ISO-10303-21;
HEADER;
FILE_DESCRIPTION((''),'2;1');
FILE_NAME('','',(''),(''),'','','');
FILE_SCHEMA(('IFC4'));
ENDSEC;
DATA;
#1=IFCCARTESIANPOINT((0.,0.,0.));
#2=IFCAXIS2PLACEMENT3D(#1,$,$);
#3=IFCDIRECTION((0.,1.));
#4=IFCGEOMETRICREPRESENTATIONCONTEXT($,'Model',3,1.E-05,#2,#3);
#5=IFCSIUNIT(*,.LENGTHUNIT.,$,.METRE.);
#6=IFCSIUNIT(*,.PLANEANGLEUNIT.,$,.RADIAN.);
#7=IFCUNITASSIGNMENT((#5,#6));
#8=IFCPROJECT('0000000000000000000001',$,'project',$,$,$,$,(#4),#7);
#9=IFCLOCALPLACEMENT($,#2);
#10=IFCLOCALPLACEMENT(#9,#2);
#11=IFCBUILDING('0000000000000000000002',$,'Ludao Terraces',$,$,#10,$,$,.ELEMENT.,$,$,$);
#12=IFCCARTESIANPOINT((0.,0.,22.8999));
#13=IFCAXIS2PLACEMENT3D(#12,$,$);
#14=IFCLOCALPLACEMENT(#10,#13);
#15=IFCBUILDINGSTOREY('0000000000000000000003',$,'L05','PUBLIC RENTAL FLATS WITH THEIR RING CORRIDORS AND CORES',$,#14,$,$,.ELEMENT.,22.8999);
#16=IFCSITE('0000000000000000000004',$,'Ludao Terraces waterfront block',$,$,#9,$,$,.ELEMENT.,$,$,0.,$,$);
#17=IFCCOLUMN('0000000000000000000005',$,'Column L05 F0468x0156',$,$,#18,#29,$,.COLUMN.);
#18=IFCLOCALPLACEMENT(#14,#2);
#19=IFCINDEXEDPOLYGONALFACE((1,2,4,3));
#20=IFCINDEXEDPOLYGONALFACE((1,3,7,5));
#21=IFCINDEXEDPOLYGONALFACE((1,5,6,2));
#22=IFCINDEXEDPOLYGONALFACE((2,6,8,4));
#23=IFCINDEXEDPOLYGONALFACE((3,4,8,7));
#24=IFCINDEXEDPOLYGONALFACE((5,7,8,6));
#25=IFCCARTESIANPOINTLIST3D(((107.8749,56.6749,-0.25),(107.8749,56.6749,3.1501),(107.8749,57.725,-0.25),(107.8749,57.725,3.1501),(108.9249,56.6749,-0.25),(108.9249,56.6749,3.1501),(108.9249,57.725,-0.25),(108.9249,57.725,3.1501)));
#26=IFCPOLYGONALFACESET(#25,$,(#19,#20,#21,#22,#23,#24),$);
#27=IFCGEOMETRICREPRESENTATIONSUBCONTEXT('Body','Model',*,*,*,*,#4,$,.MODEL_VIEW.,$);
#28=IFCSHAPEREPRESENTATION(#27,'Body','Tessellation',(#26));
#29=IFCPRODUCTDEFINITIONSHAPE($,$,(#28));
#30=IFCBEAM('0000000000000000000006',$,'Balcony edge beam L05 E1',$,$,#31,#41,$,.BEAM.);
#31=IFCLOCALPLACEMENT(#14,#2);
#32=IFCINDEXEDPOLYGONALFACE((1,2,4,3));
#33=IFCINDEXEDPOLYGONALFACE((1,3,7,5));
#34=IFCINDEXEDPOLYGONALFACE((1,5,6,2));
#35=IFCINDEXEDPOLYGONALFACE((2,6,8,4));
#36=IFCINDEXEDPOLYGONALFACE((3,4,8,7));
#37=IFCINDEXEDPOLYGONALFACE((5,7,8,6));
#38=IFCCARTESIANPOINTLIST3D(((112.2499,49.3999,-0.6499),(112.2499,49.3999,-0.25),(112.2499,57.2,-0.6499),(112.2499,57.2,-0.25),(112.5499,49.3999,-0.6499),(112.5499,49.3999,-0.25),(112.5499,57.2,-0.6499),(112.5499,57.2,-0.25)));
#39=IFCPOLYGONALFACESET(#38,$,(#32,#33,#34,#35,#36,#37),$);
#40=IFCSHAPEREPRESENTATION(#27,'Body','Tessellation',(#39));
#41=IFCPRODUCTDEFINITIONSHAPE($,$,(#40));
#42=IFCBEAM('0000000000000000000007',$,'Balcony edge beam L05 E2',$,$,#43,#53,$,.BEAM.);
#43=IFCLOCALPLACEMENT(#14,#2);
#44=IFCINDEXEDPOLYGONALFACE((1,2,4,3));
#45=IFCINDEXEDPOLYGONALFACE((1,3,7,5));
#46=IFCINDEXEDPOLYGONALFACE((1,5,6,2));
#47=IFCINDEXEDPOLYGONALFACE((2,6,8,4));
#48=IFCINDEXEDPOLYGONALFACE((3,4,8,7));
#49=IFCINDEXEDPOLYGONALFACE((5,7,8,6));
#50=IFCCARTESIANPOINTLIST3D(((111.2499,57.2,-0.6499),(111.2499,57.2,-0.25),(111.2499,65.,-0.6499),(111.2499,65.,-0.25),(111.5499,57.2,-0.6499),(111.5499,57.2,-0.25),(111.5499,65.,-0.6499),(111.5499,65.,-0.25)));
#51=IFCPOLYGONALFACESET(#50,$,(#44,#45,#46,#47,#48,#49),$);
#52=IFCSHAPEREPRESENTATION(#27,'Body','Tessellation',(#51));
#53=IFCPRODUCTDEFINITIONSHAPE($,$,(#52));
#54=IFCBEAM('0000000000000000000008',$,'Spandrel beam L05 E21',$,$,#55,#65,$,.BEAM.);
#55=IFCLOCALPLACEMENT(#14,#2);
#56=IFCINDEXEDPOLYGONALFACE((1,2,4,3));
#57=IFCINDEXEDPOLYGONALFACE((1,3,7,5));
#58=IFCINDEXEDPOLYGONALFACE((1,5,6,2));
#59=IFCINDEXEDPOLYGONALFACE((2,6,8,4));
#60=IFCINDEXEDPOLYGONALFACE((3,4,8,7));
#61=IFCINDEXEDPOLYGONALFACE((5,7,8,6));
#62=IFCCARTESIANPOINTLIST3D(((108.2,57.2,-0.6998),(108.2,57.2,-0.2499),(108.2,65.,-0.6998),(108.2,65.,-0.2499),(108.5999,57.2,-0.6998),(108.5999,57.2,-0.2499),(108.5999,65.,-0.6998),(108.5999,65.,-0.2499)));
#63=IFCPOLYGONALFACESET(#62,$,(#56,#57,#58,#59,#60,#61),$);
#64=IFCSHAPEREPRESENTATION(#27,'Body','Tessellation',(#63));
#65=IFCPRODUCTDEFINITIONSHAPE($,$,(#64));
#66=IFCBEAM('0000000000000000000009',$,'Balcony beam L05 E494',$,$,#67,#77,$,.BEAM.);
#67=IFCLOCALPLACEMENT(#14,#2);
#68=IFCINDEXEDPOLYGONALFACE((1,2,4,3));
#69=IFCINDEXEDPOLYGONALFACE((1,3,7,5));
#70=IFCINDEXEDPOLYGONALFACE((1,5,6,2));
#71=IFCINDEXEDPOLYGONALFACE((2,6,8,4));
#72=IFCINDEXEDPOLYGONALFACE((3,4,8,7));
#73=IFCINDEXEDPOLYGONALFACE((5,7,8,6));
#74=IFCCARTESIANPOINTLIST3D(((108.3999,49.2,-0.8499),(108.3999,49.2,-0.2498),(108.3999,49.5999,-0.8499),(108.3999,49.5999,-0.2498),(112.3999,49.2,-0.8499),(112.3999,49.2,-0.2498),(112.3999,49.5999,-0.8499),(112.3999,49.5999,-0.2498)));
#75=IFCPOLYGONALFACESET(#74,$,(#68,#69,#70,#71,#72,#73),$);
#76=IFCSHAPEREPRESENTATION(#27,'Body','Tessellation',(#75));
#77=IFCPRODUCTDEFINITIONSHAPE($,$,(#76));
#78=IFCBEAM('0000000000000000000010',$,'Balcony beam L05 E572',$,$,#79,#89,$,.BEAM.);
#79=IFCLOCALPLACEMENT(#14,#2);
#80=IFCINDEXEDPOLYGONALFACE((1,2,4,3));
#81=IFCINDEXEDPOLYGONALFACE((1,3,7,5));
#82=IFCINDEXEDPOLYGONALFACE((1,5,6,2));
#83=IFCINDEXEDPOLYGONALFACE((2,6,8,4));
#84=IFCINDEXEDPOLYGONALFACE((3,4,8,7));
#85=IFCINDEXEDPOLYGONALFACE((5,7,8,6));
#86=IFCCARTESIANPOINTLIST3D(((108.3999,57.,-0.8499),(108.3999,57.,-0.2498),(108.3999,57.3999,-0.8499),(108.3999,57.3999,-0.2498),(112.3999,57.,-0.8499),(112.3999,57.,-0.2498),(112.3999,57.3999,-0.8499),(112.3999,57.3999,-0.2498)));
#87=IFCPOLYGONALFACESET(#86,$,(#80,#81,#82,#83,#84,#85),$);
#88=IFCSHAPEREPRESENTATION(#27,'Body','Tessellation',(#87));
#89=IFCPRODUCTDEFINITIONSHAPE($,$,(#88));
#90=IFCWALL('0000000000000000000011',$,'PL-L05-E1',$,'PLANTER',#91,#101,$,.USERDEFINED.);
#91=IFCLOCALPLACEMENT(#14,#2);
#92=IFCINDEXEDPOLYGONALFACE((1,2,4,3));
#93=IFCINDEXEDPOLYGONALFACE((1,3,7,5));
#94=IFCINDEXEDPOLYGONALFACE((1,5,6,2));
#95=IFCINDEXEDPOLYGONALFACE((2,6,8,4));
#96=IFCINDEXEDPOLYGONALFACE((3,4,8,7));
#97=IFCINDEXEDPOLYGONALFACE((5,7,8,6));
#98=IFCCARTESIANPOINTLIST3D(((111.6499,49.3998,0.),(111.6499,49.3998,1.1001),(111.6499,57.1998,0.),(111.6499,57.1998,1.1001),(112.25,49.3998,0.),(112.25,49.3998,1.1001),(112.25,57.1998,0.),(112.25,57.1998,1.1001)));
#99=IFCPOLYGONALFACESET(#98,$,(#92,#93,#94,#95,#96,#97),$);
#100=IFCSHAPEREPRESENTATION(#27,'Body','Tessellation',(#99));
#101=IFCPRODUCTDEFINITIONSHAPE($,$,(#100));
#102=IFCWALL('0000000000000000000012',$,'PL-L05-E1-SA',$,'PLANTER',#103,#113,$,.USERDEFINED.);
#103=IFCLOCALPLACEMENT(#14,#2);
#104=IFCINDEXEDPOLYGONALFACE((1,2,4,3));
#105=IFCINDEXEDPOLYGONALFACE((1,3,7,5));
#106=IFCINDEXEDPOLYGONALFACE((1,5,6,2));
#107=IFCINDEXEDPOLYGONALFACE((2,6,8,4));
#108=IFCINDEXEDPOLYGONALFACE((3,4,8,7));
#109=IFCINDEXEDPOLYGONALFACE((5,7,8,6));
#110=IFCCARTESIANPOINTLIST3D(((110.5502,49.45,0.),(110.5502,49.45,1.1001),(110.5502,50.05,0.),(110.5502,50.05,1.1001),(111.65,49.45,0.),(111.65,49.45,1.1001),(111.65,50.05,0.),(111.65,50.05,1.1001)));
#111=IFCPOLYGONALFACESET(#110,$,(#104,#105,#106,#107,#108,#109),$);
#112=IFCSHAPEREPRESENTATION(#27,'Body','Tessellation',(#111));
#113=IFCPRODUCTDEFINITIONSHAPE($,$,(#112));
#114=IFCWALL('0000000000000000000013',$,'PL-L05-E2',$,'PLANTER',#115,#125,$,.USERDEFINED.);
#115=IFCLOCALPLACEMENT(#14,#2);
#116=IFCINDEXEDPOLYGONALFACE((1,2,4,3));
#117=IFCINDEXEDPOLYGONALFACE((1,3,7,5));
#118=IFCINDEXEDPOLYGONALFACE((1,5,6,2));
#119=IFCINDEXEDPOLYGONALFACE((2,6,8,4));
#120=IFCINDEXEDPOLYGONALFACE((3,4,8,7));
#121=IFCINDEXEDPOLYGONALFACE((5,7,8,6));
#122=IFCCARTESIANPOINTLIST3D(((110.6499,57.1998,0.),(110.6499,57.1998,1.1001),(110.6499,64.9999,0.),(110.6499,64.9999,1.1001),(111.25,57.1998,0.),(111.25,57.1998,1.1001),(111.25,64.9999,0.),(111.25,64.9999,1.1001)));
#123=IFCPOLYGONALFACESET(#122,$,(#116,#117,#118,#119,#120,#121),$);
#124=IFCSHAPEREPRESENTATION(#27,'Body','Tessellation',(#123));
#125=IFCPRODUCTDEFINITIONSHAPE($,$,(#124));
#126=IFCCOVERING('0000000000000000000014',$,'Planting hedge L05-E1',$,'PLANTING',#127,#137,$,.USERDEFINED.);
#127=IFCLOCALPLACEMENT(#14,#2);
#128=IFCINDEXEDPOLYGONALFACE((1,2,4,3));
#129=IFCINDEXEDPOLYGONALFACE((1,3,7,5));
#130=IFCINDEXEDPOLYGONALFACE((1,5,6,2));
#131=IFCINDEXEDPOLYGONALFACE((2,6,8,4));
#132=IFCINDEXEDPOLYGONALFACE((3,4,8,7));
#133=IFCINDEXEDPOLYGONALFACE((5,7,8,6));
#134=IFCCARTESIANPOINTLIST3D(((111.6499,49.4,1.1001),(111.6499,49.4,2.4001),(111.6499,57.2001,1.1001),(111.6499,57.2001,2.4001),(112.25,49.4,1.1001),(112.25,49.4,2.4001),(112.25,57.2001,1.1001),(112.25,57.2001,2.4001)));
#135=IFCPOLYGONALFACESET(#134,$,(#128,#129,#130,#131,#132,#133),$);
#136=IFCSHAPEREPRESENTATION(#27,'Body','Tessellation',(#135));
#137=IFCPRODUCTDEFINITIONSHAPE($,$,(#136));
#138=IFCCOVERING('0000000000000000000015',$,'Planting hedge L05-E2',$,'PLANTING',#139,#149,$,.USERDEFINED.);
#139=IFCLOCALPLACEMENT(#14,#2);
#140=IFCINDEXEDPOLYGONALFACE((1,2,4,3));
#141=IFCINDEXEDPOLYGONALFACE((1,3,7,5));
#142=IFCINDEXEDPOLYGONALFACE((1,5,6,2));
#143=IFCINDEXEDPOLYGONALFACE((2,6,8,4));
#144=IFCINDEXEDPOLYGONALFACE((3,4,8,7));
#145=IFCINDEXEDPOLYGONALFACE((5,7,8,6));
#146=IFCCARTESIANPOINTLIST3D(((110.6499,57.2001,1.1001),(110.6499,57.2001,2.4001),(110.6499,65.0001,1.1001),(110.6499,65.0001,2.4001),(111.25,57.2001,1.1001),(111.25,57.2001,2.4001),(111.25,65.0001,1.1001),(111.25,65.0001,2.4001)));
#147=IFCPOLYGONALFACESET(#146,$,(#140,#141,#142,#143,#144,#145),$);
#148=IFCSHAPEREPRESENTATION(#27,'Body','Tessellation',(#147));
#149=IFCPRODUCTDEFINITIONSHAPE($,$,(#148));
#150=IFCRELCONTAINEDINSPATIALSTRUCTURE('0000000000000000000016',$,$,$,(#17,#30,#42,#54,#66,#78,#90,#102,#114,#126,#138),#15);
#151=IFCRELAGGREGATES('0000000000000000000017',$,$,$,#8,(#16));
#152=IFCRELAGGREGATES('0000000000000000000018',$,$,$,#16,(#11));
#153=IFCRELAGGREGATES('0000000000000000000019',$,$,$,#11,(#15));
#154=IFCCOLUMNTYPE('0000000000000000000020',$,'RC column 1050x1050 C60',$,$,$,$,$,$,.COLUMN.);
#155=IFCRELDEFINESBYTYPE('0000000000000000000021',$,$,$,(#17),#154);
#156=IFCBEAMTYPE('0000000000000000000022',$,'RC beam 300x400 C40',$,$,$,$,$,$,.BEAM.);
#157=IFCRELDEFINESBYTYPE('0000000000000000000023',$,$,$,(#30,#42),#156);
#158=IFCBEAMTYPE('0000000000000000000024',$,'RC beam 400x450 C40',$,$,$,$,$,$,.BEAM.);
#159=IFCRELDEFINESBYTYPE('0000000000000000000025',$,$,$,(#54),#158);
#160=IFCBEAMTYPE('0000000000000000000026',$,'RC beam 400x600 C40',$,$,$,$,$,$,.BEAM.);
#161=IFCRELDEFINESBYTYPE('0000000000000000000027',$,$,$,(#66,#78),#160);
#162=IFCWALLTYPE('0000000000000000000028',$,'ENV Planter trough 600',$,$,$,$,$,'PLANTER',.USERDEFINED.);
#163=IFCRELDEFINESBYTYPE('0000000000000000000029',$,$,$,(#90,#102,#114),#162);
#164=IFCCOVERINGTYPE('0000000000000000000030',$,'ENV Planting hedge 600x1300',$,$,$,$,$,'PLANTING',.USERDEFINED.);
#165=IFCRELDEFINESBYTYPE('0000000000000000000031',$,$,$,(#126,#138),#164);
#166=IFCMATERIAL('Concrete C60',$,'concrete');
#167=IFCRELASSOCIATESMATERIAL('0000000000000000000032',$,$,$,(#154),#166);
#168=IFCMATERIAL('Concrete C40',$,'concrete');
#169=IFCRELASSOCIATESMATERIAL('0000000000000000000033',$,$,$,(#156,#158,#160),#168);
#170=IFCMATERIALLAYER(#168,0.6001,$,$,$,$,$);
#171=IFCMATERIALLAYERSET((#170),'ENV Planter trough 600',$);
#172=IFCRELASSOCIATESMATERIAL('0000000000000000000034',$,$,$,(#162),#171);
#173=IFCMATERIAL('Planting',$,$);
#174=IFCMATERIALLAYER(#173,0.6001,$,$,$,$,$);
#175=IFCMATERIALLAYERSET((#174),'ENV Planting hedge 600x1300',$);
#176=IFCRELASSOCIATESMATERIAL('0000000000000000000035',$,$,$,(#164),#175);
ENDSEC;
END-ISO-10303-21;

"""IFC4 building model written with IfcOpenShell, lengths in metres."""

from ifc_helpers import new_model, si_unit, direction, frame, frame_2d, origin, origin_2d, place, context, subcontext, project, spatial, rectangle, extrude, material, layer, layer_set, material_profile, profile_set, type_object, element, save


model = new_model("IFC4")

# Units and contexts
model_context = context("Model", 3, precision=1e-05, world=origin(), true_north=direction((0.0, 1.0)))
body_context = subcontext(model_context, "Body", "Model", "MODEL_VIEW")
ifc_project = project(units=[si_unit("LENGTHUNIT", "METRE"), si_unit("PLANEANGLEUNIT", "RADIAN")], contexts=[model_context])

# Site, building, storey
site_placement = place(None, origin())
site = spatial("IfcSite", under=ifc_project, at=site_placement, Name="Ludao Terraces waterfront block", CompositionType="ELEMENT", RefElevation=0.0)
building_placement = place(site_placement, origin())
building = spatial("IfcBuilding", under=site, at=building_placement, Name="Ludao Terraces", CompositionType="ELEMENT")
storey_placement = place(building_placement, frame((0.0, 0.0, 22.8999)))
storey = spatial("IfcBuildingStorey", under=building, at=storey_placement, Name="L05", Description="PUBLIC RENTAL FLATS WITH THEIR RING CORRIDORS AND CORES", CompositionType="ELEMENT", Elevation=22.8999)

# Column
ifc_material_1 = material(Name="Concrete C60", Category="concrete")
ifc_material_profile_1 = material_profile(ifc_material_1, rectangle(XDim=1.05, YDim=1.05, at=origin_2d()), Name="1050 X 1050")
ifc_profile_set_1 = profile_set([ifc_material_profile_1], Name="Concrete C60")
column_type = type_object("IfcColumnType", Name="RC column 1050x1050 C60", PredefinedType="COLUMN", material=ifc_profile_set_1)
column_placement = place(storey_placement, frame((108.3999, 57.2, -0.25), z_axis=(0.0, 0.0, 1.0), x_axis=(1.0, 0.0, 0.0)))
element("IfcColumn", 1, at=column_placement, inside=storey, type_object=column_type, Name="Column L05 F0468x0156", PredefinedType="COLUMN", context=body_context, shape_type="SweptSolid", body=[
    extrude(rectangle(XDim=1.05, YDim=1.05, at=origin_2d()), origin(), (0.0, 0.0, 1.0), 3.4001),
])

# Beams
ifc_material_2 = material(Name="Concrete C40", Category="concrete")
ifc_material_profile_2 = material_profile(ifc_material_2, rectangle(XDim=0.3, YDim=0.3999, at=origin_2d()), Name="300 X 400")
ifc_profile_set_2 = profile_set([ifc_material_profile_2], Name="Concrete C40")
beam_type_1 = type_object("IfcBeamType", Name="RC beam 300x400 C40", PredefinedType="BEAM", material=ifc_profile_set_2)
for number, where, z_axis, x_axis, name in (
    (2, (112.3999, 49.3999, -0.45), (0.0, 1.0, 0.0), (-1.0, 0.0, 0.0), "Balcony edge beam L05 E1"),
    (3, (111.3999, 57.2, -0.45), (0.0, 1.0, 0.0), (-1.0, 0.0, 0.0), "Balcony edge beam L05 E2"),
):
    element("IfcBeam", number, at=place(storey_placement, frame(where, z_axis=z_axis, x_axis=x_axis)), inside=storey, type_object=beam_type_1, Name=name, PredefinedType="BEAM", context=body_context, shape_type="SweptSolid", body=[
        extrude(rectangle(XDim=0.3, YDim=0.3999, at=origin_2d()), origin(), (0.0, 0.0, 1.0), 7.8),
    ])
ifc_material_profile_3 = material_profile(ifc_material_2, rectangle(XDim=0.3999, YDim=0.45, at=origin_2d()), Name="400 X 450")
ifc_profile_set_3 = profile_set([ifc_material_profile_3], Name="Concrete C40")
beam_type_2 = type_object("IfcBeamType", Name="RC beam 400x450 C40", PredefinedType="BEAM", material=ifc_profile_set_3)
beam_placement = place(storey_placement, frame((108.3999, 57.2, -0.4749), z_axis=(0.0, 1.0, 0.0), x_axis=(-1.0, 0.0, 0.0)))
element("IfcBeam", 4, at=beam_placement, inside=storey, type_object=beam_type_2, Name="Spandrel beam L05 E21", PredefinedType="BEAM", context=body_context, shape_type="SweptSolid", body=[
    extrude(rectangle(XDim=0.3999, YDim=0.45, at=origin_2d()), origin(), (0.0, 0.0, 1.0), 7.8),
])
ifc_material_profile_4 = material_profile(ifc_material_2, rectangle(XDim=0.3999, YDim=0.6001, at=origin_2d()), Name="400 X 600")
ifc_profile_set_4 = profile_set([ifc_material_profile_4], Name="Concrete C40")
beam_type_3 = type_object("IfcBeamType", Name="RC beam 400x600 C40", PredefinedType="BEAM", material=ifc_profile_set_4)
for number, where, z_axis, x_axis, name in (
    (5, (108.3999, 49.3999, -0.5498), (1.0, 0.0, 0.0), (0.0, 1.0, 0.0), "Balcony beam L05 E494"),
    (6, (108.3999, 57.2, -0.5498), (1.0, 0.0, 0.0), (0.0, 1.0, 0.0), "Balcony beam L05 E572"),
):
    element("IfcBeam", number, at=place(storey_placement, frame(where, z_axis=z_axis, x_axis=x_axis)), inside=storey, type_object=beam_type_3, Name=name, PredefinedType="BEAM", context=body_context, shape_type="SweptSolid", body=[
        extrude(rectangle(XDim=0.3999, YDim=0.6001, at=origin_2d()), origin(), (0.0, 0.0, 1.0), 4.0),
    ])

# Walls
ifc_layer_1 = layer(ifc_material_2, 0.6001)
ifc_layer_set_1 = layer_set([ifc_layer_1], Name="ENV Planter trough 600")
wall_type_1 = type_object("IfcWallType", Name="ENV Planter trough 600", ElementType="PLANTER", PredefinedType="USERDEFINED", material=ifc_layer_set_1)
wall_1_placement = place(storey_placement, frame((111.95, 49.3999, 0.0), z_axis=(0.0, 0.0, 1.0), x_axis=(0.0, 1.0, 0.0)))
element("IfcWall", 7, at=wall_1_placement, inside=storey, type_object=wall_type_1, Name="PL-L05-E1", ObjectType="PLANTER", PredefinedType="USERDEFINED", context=body_context, shape_type="SweptSolid", body=[
    extrude(rectangle(XDim=7.8, YDim=0.6001, at=frame_2d((3.8999, 0.0))), origin(), (0.0, 0.0, 1.0), 1.1001),
])
wall_2_placement = place(storey_placement, frame((111.6499, 49.75, 0.0), z_axis=(0.0, 0.0, 1.0), x_axis=(-1.0, 0.0, 0.0)))
element("IfcWall", 8, at=wall_2_placement, inside=storey, type_object=wall_type_1, Name="PL-L05-E1-SA", ObjectType="PLANTER", PredefinedType="USERDEFINED", context=body_context, shape_type="SweptSolid", body=[
    extrude(rectangle(XDim=1.0999, YDim=0.6001, at=frame_2d((0.5498, 0.0))), origin(), (0.0, 0.0, 1.0), 1.1001),
])
wall_3_placement = place(storey_placement, frame((110.95, 57.2, 0.0), z_axis=(0.0, 0.0, 1.0), x_axis=(0.0, 1.0, 0.0)))
element("IfcWall", 9, at=wall_3_placement, inside=storey, type_object=wall_type_1, Name="PL-L05-E2", ObjectType="PLANTER", PredefinedType="USERDEFINED", context=body_context, shape_type="SweptSolid", body=[
    extrude(rectangle(XDim=7.8, YDim=0.6001, at=frame_2d((3.8999, 0.0))), origin(), (0.0, 0.0, 1.0), 1.1001),
])

# Coverings
ifc_material_3 = material(Name="Planting")
ifc_layer_2 = layer(ifc_material_3, 0.6001)
ifc_layer_set_2 = layer_set([ifc_layer_2], Name="ENV Planting hedge 600x1300")
covering_type = type_object("IfcCoveringType", Name="ENV Planting hedge 600x1300", ElementType="PLANTING", PredefinedType="USERDEFINED", material=ifc_layer_set_2)
for number, where, z_axis, x_axis, name in (
    (10, (111.95, 53.3, 1.1001), (0.0, 0.0, 1.0), (1.0, 0.0, 0.0), "Planting hedge L05-E1"),
    (11, (110.95, 61.1001, 1.1001), (0.0, 0.0, 1.0), (1.0, 0.0, 0.0), "Planting hedge L05-E2"),
):
    element("IfcCovering", number, at=place(storey_placement, frame(where, z_axis=z_axis, x_axis=x_axis)), inside=storey, type_object=covering_type, Name=name, ObjectType="PLANTING", PredefinedType="USERDEFINED", context=body_context, shape_type="SweptSolid", body=[
        extrude(rectangle(XDim=0.6001, YDim=7.8, at=origin_2d()), origin(), (0.0, 0.0, 1.0), 1.3),
    ])

save(model, "model.ifc")
